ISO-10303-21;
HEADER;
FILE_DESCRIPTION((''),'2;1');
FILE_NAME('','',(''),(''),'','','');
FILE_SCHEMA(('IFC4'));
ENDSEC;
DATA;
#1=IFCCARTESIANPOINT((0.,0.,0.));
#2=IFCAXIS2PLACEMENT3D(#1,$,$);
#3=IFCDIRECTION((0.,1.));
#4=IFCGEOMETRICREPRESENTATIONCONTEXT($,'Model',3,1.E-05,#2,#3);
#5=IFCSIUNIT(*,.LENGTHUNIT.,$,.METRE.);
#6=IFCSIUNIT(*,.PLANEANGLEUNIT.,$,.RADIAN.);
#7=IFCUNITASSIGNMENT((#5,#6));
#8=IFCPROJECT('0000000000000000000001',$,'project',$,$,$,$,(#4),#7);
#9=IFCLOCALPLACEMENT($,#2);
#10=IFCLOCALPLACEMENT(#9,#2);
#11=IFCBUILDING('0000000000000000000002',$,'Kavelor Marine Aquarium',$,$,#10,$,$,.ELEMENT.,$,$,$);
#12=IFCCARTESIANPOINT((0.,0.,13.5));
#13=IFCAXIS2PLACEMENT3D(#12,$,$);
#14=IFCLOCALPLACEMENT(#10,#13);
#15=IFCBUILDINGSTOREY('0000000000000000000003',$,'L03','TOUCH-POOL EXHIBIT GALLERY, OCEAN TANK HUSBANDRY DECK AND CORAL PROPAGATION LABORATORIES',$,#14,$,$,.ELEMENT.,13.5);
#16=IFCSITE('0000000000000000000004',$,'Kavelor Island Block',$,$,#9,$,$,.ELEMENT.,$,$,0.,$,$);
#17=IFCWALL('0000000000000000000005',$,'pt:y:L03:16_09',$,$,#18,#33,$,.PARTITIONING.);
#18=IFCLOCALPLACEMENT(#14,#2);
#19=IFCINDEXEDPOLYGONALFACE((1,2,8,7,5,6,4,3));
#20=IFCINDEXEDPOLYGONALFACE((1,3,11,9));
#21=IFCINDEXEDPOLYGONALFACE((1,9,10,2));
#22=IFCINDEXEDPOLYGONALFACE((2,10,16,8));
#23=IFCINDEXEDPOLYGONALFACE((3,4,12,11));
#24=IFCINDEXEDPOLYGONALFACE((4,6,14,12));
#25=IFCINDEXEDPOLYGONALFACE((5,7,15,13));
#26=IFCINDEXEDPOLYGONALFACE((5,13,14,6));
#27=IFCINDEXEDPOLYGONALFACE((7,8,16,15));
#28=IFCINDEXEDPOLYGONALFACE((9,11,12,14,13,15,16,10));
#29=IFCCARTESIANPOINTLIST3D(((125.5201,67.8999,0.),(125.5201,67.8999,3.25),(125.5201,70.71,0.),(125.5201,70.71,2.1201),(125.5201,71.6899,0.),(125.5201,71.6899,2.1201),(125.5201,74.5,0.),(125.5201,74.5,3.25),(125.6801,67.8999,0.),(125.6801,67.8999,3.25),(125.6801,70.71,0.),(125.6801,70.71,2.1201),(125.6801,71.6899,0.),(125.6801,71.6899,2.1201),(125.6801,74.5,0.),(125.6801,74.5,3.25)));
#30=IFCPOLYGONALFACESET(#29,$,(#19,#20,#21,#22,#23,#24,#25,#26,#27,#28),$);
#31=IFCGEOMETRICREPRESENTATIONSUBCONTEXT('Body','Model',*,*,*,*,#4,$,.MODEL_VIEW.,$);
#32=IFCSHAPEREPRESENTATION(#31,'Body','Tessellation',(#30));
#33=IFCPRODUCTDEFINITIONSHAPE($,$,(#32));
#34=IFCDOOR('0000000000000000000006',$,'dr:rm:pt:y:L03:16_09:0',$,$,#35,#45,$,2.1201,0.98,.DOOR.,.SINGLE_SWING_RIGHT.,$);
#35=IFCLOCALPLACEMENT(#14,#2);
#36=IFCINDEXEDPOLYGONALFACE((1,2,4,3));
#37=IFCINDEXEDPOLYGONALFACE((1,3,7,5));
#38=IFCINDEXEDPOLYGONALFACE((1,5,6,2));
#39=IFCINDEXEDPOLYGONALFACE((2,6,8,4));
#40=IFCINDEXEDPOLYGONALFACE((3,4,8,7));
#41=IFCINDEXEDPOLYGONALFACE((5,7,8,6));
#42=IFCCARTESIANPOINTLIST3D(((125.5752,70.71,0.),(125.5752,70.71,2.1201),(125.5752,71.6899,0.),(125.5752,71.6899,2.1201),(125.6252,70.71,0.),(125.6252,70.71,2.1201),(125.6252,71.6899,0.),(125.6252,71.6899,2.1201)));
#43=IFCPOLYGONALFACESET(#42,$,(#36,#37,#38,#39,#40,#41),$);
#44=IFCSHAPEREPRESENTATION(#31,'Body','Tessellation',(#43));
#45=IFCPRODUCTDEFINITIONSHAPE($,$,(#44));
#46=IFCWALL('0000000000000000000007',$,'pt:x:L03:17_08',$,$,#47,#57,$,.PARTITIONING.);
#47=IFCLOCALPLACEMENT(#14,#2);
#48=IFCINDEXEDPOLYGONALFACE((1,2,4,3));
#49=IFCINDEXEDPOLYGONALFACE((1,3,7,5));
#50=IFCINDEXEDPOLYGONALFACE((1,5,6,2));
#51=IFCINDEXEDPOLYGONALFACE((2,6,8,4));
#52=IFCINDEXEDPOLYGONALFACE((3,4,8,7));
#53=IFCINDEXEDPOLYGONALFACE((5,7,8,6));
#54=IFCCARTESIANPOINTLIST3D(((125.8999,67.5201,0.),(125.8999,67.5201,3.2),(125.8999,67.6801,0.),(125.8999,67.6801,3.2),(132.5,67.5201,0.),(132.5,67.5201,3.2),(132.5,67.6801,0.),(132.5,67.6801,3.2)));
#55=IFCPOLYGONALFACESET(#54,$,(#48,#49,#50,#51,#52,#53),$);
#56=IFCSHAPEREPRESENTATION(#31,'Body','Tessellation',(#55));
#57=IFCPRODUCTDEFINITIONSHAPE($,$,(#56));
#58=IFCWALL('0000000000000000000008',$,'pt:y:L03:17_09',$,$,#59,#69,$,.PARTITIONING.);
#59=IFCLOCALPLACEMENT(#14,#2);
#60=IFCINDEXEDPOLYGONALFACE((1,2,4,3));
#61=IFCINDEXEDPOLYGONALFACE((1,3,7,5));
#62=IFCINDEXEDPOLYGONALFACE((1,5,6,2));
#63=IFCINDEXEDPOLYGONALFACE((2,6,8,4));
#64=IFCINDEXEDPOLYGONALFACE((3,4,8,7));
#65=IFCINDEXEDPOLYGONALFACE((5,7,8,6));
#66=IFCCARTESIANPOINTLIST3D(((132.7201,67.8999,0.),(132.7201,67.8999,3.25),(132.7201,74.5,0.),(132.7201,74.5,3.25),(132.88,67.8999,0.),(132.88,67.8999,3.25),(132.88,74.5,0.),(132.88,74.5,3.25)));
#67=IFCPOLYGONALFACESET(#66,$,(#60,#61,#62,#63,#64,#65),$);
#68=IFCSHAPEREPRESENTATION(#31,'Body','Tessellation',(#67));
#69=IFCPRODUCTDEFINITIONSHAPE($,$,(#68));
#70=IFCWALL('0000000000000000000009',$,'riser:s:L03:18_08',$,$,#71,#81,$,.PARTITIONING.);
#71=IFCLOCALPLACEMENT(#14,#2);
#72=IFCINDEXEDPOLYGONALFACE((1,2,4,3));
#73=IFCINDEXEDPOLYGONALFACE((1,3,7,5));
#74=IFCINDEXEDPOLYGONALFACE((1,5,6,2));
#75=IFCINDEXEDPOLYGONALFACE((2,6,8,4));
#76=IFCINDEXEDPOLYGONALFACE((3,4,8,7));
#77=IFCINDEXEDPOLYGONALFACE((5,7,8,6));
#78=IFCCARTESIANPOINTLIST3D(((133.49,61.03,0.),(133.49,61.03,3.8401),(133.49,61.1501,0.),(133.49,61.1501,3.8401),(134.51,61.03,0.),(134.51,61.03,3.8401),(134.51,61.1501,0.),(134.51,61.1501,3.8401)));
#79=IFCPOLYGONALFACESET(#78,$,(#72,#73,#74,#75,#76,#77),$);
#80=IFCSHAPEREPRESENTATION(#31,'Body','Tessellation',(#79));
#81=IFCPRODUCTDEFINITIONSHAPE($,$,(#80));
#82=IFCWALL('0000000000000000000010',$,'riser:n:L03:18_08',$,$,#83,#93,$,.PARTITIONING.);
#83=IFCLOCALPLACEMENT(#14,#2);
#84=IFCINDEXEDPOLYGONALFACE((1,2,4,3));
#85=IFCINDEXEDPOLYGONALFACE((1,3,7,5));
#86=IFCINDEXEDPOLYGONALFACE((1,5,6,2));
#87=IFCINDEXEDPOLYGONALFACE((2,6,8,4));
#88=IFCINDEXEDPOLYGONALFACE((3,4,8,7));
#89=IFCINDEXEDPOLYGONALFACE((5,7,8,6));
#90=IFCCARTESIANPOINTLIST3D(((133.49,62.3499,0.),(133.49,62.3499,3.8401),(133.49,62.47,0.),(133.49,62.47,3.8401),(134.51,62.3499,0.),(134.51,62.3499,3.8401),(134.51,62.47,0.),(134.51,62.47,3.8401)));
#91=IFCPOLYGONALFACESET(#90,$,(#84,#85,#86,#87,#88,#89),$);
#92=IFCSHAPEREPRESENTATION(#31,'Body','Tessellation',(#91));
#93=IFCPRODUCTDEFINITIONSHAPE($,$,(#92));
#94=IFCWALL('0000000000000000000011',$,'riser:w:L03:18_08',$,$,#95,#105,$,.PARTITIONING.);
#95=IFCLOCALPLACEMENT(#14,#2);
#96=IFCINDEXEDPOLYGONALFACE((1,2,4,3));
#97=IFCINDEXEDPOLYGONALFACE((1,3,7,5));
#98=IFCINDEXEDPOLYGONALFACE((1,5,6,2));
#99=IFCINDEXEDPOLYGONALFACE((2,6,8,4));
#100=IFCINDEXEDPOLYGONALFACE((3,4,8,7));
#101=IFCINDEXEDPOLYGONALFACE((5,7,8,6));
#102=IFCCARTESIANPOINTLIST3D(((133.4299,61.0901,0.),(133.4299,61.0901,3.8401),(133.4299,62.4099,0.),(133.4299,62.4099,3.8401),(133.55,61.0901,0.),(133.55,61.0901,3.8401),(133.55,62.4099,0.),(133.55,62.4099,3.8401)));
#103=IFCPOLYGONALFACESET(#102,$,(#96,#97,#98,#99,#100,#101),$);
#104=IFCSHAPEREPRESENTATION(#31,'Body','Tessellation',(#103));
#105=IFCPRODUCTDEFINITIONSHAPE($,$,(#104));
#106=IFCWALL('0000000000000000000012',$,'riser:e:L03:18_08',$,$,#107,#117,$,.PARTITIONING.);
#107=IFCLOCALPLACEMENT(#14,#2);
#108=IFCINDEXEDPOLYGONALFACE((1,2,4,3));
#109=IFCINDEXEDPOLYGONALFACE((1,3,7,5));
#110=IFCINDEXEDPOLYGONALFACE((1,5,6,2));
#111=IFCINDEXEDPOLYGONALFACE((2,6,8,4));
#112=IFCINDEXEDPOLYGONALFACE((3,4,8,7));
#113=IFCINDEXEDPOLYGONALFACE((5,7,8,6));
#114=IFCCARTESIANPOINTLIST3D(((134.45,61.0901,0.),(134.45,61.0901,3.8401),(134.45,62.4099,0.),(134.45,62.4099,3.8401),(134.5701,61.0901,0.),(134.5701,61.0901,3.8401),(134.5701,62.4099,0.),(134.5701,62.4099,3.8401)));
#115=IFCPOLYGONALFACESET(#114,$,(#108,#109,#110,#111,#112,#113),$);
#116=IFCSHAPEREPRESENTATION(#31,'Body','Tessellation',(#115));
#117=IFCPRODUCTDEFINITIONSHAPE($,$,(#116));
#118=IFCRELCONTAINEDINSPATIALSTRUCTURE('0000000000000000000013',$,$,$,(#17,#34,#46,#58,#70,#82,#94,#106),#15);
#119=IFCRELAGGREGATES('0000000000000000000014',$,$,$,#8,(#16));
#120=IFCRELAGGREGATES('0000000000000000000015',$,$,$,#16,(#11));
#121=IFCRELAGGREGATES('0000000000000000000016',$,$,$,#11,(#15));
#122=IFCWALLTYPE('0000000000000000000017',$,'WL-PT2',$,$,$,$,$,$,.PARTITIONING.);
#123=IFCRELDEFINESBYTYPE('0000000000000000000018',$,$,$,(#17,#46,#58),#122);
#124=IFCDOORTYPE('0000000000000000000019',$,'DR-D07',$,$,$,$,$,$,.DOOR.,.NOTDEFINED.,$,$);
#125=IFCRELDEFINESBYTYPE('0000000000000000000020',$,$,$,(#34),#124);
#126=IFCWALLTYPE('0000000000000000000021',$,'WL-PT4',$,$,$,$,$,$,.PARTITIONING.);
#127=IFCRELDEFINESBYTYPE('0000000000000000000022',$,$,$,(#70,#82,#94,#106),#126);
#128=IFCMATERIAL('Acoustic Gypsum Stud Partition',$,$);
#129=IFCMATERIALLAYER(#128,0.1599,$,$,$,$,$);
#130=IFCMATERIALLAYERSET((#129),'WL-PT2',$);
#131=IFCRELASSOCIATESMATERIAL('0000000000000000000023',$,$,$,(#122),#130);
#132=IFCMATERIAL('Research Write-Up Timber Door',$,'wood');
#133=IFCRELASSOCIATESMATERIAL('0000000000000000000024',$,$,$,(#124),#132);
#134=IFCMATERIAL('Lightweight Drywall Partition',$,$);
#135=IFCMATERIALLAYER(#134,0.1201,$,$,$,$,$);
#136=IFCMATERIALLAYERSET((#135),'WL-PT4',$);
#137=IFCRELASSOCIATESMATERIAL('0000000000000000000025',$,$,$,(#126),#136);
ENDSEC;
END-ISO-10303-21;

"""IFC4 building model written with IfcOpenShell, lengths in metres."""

from ifc_helpers import new_model, si_unit, direction, frame, frame_2d, origin, place, context, subcontext, project, spatial, rectangle, extrude, material, layer, layer_set, type_object, element, fill, save


model = new_model("IFC4")

# Units and contexts
model_context = context("Model", 3, precision=1e-05, world=origin(), true_north=direction((0.0, 1.0)))
body_context = subcontext(model_context, "Body", "Model", "MODEL_VIEW")
ifc_project = project(units=[si_unit("LENGTHUNIT", "METRE"), si_unit("PLANEANGLEUNIT", "RADIAN")], contexts=[model_context])

# Site, building, storey
site_placement = place(None, origin())
site = spatial("IfcSite", under=ifc_project, at=site_placement, Name="Kavelor Island Block", CompositionType="ELEMENT", RefElevation=0.0)
building_placement = place(site_placement, origin())
building = spatial("IfcBuilding", under=site, at=building_placement, Name="Kavelor Marine Aquarium", CompositionType="ELEMENT")
storey_placement = place(building_placement, frame((0.0, 0.0, 13.5)))
storey = spatial("IfcBuildingStorey", under=building, at=storey_placement, Name="L03", Description="TOUCH-POOL EXHIBIT GALLERY, OCEAN TANK HUSBANDRY DECK AND CORAL PROPAGATION LABORATORIES", CompositionType="ELEMENT", Elevation=13.5)

# Wall, opening, door
ifc_material_1 = material(Name="Acoustic Gypsum Stud Partition")
ifc_layer_1 = layer(ifc_material_1, 0.1599)
ifc_layer_set_1 = layer_set([ifc_layer_1], Name="WL-PT2")
wall_type_1 = type_object("IfcWallType", Name="WL-PT2", PredefinedType="PARTITIONING", material=ifc_layer_set_1)
wall_1_placement = place(storey_placement, frame((125.6001, 67.8999, 0.0), z_axis=(0.0, 0.0, 1.0), x_axis=(0.0, 1.0, 0.0)))
wall_1 = element("IfcWall", 1, at=wall_1_placement, inside=storey, type_object=wall_type_1, Name="pt:y:L03:16_09", PredefinedType="PARTITIONING", context=body_context, shape_type="SweptSolid", body=[
    extrude(rectangle(XDim=6.6001, YDim=0.1599, at=frame_2d((3.3, 0.0))), origin(), (0.0, 0.0, 1.0), 3.25),
])
opening_placement = place(wall_1_placement, frame((2.8101, 0.0, 0.0)))
opening = element("IfcOpeningElement", 2, at=opening_placement, cuts=wall_1, PredefinedType="OPENING", context=body_context, shape_type="SweptSolid", body=[
    extrude(rectangle(XDim=0.98, YDim=2.1201, at=frame_2d((0.49, 1.0601))), frame((0.0, 0.0898, 0.0), z_axis=(0.0, -1.0, 0.0), x_axis=(1.0, 0.0, 0.0)), (0.0, 0.0, 1.0), 0.1799),
])
ifc_material_2 = material(Name="Research Write-Up Timber Door", Category="wood")
door_type = type_object("IfcDoorType", Name="DR-D07", OperationType="NOTDEFINED", PredefinedType="DOOR", material=ifc_material_2)
door_placement = place(opening_placement, origin())
door = element("IfcDoor", 3, at=door_placement, inside=storey, type_object=door_type, Name="dr:rm:pt:y:L03:16_09:0", OperationType="SINGLE_SWING_RIGHT", OverallHeight=2.1201, OverallWidth=0.98, PredefinedType="DOOR", context=body_context, shape_type="SweptSolid", body=[
    extrude(rectangle(XDim=0.98, YDim=2.1201, at=frame_2d((0.49, 1.0601))), frame((0.0, 0.0249, 0.0), z_axis=(0.0, -1.0, 0.0), x_axis=(1.0, 0.0, 0.0)), (0.0, 0.0, 1.0), 0.05),
])
fill(opening, door)

# Walls
wall_2_placement = place(storey_placement, frame((125.8999, 67.6001, 0.0), z_axis=(0.0, 0.0, 1.0), x_axis=(1.0, 0.0, 0.0)))
element("IfcWall", 4, at=wall_2_placement, inside=storey, type_object=wall_type_1, Name="pt:x:L03:17_08", PredefinedType="PARTITIONING", context=body_context, shape_type="SweptSolid", body=[
    extrude(rectangle(XDim=6.6001, YDim=0.1599, at=frame_2d((3.3, 0.0))), origin(), (0.0, 0.0, 1.0), 3.2),
])
wall_3_placement = place(storey_placement, frame((132.8, 67.8999, 0.0), z_axis=(0.0, 0.0, 1.0), x_axis=(0.0, 1.0, 0.0)))
element("IfcWall", 5, at=wall_3_placement, inside=storey, type_object=wall_type_1, Name="pt:y:L03:17_09", PredefinedType="PARTITIONING", context=body_context, shape_type="SweptSolid", body=[
    extrude(rectangle(XDim=6.6001, YDim=0.1599, at=frame_2d((3.3, 0.0))), origin(), (0.0, 0.0, 1.0), 3.25),
])
ifc_material_3 = material(Name="Lightweight Drywall Partition")
ifc_layer_2 = layer(ifc_material_3, 0.1201)
ifc_layer_set_2 = layer_set([ifc_layer_2], Name="WL-PT4")
wall_type_2 = type_object("IfcWallType", Name="WL-PT4", PredefinedType="PARTITIONING", material=ifc_layer_set_2)
for number, where, z_axis, x_axis, name in (
    (6, (133.49, 61.0901, 0.0), (0.0, 0.0, 1.0), (1.0, 0.0, 0.0), "riser:s:L03:18_08"),
    (7, (133.49, 62.4099, 0.0), (0.0, 0.0, 1.0), (1.0, 0.0, 0.0), "riser:n:L03:18_08"),
):
    element("IfcWall", number, at=place(storey_placement, frame(where, z_axis=z_axis, x_axis=x_axis)), inside=storey, type_object=wall_type_2, Name=name, PredefinedType="PARTITIONING", context=body_context, shape_type="SweptSolid", body=[
        extrude(rectangle(XDim=1.02, YDim=0.1201, at=frame_2d((0.51, 0.0))), origin(), (0.0, 0.0, 1.0), 3.8401),
    ])
for number, where, z_axis, x_axis, name in (
    (8, (133.49, 61.0901, 0.0), (0.0, 0.0, 1.0), (0.0, 1.0, 0.0), "riser:w:L03:18_08"),
    (9, (134.51, 61.0901, 0.0), (0.0, 0.0, 1.0), (0.0, 1.0, 0.0), "riser:e:L03:18_08"),
):
    element("IfcWall", number, at=place(storey_placement, frame(where, z_axis=z_axis, x_axis=x_axis)), inside=storey, type_object=wall_type_2, Name=name, PredefinedType="PARTITIONING", context=body_context, shape_type="SweptSolid", body=[
        extrude(rectangle(XDim=1.3198, YDim=0.1201, at=frame_2d((0.6599, 0.0))), origin(), (0.0, 0.0, 1.0), 3.8401),
    ])

save(model, "model.ifc")
